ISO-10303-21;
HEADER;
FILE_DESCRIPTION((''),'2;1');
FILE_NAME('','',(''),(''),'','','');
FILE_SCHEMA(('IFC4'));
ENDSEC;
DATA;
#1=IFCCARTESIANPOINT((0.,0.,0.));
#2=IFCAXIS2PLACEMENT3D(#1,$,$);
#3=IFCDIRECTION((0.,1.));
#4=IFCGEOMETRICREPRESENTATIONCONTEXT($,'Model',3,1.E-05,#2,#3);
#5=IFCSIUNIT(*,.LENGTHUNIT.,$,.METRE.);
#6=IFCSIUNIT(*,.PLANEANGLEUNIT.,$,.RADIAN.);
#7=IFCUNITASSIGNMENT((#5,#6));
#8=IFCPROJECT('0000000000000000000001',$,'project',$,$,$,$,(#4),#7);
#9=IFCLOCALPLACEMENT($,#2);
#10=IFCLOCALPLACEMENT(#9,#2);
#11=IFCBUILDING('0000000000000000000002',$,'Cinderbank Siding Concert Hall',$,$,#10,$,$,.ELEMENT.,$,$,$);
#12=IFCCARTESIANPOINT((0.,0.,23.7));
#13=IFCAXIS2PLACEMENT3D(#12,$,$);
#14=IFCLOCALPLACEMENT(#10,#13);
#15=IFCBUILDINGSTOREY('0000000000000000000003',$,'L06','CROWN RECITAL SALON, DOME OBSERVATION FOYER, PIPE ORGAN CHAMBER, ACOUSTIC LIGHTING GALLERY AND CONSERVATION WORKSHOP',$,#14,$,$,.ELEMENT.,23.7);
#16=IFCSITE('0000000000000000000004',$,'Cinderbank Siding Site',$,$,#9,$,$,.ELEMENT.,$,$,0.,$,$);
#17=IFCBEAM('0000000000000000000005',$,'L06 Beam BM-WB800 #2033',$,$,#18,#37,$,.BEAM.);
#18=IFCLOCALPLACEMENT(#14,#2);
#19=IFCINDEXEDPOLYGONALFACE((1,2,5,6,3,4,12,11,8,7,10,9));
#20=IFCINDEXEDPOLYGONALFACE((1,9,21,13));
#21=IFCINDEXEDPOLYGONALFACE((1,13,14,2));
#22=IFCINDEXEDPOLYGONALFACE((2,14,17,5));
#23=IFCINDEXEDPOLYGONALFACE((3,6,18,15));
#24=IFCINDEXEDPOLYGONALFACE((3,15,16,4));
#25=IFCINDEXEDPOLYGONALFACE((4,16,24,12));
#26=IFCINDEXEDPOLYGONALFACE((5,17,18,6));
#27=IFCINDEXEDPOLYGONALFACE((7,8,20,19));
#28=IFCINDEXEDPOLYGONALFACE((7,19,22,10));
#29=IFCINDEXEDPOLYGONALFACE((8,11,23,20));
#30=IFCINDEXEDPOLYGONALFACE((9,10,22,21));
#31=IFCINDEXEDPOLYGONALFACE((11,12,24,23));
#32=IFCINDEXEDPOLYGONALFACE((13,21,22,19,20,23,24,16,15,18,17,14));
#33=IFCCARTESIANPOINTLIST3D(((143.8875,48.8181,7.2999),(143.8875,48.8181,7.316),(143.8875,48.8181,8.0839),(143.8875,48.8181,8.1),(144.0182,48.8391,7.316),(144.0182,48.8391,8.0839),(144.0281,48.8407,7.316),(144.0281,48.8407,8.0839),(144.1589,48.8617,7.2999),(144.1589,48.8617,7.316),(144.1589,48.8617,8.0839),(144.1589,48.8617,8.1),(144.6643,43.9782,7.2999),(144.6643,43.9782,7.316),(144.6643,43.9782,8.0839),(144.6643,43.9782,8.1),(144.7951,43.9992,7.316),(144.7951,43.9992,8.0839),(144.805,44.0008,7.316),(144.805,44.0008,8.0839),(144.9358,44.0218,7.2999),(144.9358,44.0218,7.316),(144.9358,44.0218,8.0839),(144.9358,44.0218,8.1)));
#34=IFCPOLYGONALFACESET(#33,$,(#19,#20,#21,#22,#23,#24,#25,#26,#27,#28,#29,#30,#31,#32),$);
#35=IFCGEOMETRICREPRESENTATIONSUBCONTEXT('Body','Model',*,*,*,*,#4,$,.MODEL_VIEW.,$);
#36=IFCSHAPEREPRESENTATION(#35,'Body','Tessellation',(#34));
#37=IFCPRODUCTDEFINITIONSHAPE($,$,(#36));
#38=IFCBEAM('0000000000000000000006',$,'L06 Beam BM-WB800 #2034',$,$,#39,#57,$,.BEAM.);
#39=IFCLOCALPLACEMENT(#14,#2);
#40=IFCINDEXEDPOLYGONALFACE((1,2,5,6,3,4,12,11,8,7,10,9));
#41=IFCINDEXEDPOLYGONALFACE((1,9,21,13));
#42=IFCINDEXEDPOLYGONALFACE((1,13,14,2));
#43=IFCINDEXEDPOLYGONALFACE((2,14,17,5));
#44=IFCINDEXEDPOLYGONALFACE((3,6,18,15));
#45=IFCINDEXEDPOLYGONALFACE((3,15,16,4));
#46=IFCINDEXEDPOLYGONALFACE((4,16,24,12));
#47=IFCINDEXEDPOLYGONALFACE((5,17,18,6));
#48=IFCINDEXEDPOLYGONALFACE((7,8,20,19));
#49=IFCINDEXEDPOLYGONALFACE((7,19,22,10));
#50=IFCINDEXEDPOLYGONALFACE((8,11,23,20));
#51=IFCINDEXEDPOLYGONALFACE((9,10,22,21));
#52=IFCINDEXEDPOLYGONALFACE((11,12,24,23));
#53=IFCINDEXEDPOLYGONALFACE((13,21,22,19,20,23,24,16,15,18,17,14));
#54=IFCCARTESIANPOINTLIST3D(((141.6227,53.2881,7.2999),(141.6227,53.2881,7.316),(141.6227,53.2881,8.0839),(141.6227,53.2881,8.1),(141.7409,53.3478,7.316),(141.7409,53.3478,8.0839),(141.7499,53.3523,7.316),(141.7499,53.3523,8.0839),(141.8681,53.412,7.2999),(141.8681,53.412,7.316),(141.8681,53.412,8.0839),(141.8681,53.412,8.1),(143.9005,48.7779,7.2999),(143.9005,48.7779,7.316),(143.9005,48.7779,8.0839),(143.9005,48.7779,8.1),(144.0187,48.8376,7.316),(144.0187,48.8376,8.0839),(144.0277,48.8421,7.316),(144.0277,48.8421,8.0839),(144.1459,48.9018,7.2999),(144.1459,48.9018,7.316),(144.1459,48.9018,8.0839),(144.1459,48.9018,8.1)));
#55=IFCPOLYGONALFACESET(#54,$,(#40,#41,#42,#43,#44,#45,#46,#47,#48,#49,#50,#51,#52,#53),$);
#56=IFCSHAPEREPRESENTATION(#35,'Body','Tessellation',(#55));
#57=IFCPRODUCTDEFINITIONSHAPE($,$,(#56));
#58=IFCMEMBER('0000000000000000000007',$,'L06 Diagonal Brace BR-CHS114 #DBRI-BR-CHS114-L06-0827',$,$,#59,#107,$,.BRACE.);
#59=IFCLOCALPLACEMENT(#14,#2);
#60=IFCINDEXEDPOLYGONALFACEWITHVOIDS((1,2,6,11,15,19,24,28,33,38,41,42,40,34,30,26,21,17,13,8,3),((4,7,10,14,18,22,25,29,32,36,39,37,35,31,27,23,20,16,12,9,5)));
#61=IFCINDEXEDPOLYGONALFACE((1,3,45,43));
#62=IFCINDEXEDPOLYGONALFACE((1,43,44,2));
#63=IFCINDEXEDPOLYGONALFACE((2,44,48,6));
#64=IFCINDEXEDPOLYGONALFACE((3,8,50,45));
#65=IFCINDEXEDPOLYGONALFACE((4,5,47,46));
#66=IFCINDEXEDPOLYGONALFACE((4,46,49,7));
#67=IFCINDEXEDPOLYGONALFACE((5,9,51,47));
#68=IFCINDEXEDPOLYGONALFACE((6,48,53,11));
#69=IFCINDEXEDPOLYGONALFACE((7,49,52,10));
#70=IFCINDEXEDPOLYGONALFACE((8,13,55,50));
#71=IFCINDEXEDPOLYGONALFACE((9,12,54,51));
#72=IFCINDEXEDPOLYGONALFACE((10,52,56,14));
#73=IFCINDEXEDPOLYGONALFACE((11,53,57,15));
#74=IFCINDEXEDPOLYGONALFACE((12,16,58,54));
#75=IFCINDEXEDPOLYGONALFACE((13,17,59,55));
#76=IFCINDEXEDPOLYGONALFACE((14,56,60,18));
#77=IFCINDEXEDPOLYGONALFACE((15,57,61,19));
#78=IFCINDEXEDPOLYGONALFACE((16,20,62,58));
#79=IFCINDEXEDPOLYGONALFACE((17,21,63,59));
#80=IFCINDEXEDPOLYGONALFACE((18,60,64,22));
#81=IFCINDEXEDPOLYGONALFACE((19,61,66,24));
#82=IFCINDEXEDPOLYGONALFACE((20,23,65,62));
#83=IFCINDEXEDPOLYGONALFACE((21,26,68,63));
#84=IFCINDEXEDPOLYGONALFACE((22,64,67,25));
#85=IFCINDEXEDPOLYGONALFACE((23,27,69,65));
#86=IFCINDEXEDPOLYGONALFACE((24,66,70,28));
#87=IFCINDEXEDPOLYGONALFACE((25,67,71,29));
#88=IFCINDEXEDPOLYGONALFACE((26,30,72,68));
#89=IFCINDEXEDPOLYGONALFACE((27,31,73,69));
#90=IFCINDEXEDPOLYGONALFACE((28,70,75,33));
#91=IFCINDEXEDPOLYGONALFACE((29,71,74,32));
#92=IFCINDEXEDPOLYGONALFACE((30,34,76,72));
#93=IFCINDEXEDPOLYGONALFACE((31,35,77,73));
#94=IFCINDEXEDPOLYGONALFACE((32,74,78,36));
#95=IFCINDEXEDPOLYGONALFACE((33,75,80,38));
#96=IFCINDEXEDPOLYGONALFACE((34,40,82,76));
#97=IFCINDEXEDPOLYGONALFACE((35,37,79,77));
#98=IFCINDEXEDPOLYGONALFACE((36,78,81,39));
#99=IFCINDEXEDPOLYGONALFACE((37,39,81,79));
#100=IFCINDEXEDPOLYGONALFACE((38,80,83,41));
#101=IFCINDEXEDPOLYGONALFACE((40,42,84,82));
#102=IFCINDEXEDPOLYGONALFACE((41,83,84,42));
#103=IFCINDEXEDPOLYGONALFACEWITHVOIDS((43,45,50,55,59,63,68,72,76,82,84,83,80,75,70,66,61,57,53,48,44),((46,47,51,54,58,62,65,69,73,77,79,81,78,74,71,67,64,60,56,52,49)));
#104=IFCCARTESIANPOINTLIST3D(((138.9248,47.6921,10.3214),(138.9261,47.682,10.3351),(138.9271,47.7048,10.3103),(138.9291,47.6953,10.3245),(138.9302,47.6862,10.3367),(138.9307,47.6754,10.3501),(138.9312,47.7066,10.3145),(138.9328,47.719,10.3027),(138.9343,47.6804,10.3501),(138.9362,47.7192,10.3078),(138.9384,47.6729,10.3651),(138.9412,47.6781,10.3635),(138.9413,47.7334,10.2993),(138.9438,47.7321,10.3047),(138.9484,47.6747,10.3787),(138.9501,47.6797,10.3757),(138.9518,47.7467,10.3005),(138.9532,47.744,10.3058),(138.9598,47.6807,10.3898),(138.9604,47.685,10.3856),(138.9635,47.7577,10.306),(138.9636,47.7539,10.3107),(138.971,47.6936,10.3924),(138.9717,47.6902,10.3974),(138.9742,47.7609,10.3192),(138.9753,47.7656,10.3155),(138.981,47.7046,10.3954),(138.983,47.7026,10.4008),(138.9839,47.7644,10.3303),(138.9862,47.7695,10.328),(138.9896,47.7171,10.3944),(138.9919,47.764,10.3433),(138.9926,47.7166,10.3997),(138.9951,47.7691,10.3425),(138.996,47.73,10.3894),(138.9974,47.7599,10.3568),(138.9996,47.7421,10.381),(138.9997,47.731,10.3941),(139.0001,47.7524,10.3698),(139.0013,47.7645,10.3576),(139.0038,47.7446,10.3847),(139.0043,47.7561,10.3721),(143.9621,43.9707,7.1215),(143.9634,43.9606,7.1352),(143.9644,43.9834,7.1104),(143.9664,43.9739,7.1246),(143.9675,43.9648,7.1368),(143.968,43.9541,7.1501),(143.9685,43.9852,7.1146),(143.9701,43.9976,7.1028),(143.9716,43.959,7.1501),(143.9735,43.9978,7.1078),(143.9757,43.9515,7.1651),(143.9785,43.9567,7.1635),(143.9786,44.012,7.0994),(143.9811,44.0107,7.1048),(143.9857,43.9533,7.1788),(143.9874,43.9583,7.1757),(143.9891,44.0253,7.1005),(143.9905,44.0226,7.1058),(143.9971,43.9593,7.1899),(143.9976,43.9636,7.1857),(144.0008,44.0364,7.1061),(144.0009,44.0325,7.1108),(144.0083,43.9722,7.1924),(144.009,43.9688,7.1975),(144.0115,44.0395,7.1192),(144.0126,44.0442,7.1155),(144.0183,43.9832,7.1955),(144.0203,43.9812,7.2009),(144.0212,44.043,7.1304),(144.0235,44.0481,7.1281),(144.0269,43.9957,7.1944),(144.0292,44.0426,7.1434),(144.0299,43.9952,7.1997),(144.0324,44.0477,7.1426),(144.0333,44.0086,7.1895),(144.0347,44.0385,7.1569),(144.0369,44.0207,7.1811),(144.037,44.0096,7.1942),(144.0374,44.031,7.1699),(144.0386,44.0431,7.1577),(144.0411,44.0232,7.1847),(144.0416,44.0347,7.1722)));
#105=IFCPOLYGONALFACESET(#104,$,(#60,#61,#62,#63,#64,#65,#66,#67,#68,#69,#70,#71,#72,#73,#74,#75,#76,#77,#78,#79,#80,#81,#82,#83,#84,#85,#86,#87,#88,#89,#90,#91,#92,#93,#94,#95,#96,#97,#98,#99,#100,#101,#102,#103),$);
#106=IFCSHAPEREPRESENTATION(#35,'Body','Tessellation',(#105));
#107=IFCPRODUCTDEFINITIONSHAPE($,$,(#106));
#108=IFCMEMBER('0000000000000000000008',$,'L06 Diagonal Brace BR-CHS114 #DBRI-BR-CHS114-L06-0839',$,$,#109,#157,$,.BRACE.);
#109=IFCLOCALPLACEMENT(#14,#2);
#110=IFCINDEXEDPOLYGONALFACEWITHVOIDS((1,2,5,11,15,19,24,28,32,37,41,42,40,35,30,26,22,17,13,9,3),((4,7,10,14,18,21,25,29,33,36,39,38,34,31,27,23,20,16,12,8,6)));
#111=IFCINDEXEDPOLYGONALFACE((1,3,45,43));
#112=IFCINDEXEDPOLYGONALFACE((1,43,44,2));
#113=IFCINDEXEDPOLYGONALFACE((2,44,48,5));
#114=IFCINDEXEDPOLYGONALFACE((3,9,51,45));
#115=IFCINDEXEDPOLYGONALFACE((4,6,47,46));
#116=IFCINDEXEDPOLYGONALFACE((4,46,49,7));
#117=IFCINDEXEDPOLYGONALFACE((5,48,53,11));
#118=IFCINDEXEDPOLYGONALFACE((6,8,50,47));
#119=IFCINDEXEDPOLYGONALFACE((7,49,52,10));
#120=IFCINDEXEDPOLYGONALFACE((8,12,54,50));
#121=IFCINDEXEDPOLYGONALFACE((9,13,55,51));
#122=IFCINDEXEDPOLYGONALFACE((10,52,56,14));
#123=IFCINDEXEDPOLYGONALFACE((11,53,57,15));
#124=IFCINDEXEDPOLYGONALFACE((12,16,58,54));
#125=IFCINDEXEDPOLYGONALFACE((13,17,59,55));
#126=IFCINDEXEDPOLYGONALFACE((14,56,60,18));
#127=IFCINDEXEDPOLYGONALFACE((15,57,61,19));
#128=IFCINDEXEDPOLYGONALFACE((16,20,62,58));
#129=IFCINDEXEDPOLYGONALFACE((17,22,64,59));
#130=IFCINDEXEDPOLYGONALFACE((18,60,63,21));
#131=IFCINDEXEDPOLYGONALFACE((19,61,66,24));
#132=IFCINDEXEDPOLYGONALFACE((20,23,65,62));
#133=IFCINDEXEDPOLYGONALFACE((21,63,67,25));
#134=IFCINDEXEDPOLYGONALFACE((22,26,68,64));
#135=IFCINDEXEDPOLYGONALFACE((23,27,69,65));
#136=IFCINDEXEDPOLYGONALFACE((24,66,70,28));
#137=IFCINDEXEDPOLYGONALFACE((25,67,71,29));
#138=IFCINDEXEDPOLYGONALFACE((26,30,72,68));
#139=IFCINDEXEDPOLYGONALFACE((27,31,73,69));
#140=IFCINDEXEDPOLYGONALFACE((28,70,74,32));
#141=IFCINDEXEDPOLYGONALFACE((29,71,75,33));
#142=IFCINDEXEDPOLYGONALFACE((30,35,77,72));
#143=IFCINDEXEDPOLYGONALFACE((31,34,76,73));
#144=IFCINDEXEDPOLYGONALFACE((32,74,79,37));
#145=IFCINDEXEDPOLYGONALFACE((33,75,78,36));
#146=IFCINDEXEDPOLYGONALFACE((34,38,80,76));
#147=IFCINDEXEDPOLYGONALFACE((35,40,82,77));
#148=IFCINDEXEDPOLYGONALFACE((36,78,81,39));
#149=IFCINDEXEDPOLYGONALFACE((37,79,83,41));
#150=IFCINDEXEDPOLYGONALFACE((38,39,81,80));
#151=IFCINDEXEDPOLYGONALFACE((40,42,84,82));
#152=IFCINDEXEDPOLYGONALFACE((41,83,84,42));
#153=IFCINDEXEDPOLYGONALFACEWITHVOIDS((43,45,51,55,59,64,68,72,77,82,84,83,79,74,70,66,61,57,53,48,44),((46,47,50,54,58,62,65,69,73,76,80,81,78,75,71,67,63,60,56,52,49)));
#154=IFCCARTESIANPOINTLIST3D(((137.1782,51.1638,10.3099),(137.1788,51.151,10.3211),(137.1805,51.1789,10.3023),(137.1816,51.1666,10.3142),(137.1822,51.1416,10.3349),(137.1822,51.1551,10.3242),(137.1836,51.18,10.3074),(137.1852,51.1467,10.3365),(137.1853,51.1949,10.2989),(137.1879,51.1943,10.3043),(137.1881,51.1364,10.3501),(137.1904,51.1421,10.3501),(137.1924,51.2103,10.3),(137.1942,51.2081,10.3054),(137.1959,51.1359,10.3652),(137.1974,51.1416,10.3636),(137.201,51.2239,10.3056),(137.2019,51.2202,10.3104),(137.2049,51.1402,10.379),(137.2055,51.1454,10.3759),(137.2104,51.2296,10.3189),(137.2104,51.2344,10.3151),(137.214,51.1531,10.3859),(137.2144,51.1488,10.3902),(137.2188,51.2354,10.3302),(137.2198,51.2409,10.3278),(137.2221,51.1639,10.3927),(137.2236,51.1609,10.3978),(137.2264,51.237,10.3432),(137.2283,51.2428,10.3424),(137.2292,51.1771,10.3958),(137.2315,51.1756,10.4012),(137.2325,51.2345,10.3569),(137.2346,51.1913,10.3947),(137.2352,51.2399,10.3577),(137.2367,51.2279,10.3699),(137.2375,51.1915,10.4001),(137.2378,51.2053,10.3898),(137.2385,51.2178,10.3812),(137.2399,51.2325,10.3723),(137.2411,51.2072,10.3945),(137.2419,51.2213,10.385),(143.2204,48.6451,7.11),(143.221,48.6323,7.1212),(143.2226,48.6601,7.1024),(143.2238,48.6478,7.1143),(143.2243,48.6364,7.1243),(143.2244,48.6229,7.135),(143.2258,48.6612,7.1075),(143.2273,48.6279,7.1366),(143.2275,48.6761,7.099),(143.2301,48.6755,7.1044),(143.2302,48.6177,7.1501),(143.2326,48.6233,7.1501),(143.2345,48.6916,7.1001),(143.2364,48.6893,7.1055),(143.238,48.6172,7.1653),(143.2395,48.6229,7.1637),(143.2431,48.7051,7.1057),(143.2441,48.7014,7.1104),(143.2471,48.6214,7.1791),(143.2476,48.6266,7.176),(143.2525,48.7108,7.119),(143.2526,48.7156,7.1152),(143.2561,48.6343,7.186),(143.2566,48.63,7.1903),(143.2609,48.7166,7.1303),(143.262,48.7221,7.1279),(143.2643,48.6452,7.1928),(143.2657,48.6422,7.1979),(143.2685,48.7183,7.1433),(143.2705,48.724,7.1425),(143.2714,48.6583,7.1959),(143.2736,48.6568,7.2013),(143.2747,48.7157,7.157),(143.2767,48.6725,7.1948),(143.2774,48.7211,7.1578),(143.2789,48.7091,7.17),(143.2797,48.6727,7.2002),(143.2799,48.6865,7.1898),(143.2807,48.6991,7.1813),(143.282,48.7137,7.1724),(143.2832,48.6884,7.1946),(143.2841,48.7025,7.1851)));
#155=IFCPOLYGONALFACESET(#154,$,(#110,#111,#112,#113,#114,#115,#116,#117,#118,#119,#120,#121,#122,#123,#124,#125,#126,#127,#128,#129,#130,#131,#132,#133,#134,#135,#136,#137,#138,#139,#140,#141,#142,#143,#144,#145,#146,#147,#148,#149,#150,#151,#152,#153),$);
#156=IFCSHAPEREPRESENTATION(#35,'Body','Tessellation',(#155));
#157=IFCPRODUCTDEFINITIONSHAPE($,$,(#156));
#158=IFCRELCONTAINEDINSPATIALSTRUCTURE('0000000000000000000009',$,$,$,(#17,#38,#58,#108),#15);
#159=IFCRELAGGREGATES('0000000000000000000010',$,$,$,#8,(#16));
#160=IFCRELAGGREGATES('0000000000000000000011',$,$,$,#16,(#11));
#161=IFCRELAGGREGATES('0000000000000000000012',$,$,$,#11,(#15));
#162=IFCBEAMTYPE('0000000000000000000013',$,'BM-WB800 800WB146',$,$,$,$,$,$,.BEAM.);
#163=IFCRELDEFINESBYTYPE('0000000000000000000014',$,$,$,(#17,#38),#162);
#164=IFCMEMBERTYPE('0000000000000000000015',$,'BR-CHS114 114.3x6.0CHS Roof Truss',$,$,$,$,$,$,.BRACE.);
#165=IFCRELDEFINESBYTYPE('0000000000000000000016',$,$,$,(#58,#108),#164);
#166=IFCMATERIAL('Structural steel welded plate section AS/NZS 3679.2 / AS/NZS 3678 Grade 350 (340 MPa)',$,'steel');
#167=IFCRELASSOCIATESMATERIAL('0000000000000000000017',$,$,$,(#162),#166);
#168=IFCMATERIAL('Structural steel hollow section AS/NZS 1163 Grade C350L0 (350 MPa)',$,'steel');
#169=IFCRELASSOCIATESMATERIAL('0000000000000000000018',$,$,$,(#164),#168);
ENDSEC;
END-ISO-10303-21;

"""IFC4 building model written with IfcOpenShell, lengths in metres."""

from ifc_helpers import new_model, si_unit, direction, frame, origin, origin_2d, place, context, subcontext, project, spatial, hollow_circle, i_section, extrude, material, material_profile, profile_set, type_object, element, save


model = new_model("IFC4")

# Units and contexts
model_context = context("Model", 3, precision=1e-05, world=origin(), true_north=direction((0.0, 1.0)))
body_context = subcontext(model_context, "Body", "Model", "MODEL_VIEW")
ifc_project = project(units=[si_unit("LENGTHUNIT", "METRE"), si_unit("PLANEANGLEUNIT", "RADIAN")], contexts=[model_context])

# Site, building, storey
site_placement = place(None, origin())
site = spatial("IfcSite", under=ifc_project, at=site_placement, Name="Cinderbank Siding Site", CompositionType="ELEMENT", RefElevation=0.0)
building_placement = place(site_placement, origin())
building = spatial("IfcBuilding", under=site, at=building_placement, Name="Cinderbank Siding Concert Hall", CompositionType="ELEMENT")
storey_placement = place(building_placement, frame((0.0, 0.0, 23.7)))
storey = spatial("IfcBuildingStorey", under=building, at=storey_placement, Name="L06", Description="CROWN RECITAL SALON, DOME OBSERVATION FOYER, PIPE ORGAN CHAMBER, ACOUSTIC LIGHTING GALLERY AND CONSERVATION WORKSHOP", CompositionType="ELEMENT", Elevation=23.7)

# Beams
ifc_material_1 = material(Name="Structural steel welded plate section AS/NZS 3679.2 / AS/NZS 3678 Grade 350 (340 MPa)", Category="steel")
ifc_material_profile_1 = material_profile(ifc_material_1, i_section(OverallWidth=0.2749, OverallDepth=0.8, WebThickness=0.01, FlangeThickness=0.0161, at=origin_2d()), Name="800WB146", Category="LoadBearing")
ifc_profile_set_1 = profile_set([ifc_material_profile_1], Name="Structural steel welded plate section AS/NZS 3679.2 / AS/NZS 3678 Grade 350 (340 MPa)")
beam_type = type_object("IfcBeamType", Name="BM-WB800 800WB146", PredefinedType="BEAM", material=ifc_profile_set_1)
beam_1_placement = place(storey_placement, frame((144.8, 44.0, 7.7), z_axis=(-0.158484, 0.987362, 0.0), x_axis=(-0.987362, -0.158484, 0.0)))
element("IfcBeam", 1, at=beam_1_placement, inside=storey, type_object=beam_type, Name="L06 Beam BM-WB800 #2033", PredefinedType="BEAM", context=body_context, shape_type="SweptSolid", body=[
    extrude(i_section(OverallWidth=0.2749, OverallDepth=0.8, WebThickness=0.01, FlangeThickness=0.0161, at=origin_2d()), origin(), (0.0, 0.0, 1.0), 4.9019),
])
beam_2_placement = place(storey_placement, frame((144.0232, 48.8398, 7.7), z_axis=(-0.450805, 0.892623, 0.0), x_axis=(-0.892623, -0.450805, 0.0)))
element("IfcBeam", 2, at=beam_2_placement, inside=storey, type_object=beam_type, Name="L06 Beam BM-WB800 #2034", PredefinedType="BEAM", context=body_context, shape_type="SweptSolid", body=[
    extrude(i_section(OverallWidth=0.2749, OverallDepth=0.8, WebThickness=0.01, FlangeThickness=0.0161, at=origin_2d()), origin(), (0.0, 0.0, 1.0), 5.0527),
])

# Members
ifc_material_2 = material(Name="Structural steel hollow section AS/NZS 1163 Grade C350L0 (350 MPa)", Category="steel")
ifc_material_profile_2 = material_profile(ifc_material_2, hollow_circle(Radius=0.0571, WallThickness=0.0061, at=origin_2d()), Name="114.3x6.0CHS", Category="LoadBearing")
ifc_profile_set_2 = profile_set([ifc_material_profile_2], Name="Structural steel hollow section AS/NZS 1163 Grade C350L0 (350 MPa)")
member_type_1 = type_object("IfcMemberType", Name="BR-CHS114 114.3x6.0CHS Roof Truss", PredefinedType="BRACE", material=ifc_profile_set_2)
member_1_placement = place(storey_placement, frame((144.002, 44.0, 7.1501), z_axis=(-0.716241, 0.529136, 0.454988), x_axis=(-0.594203, -0.804315, 0.0)))
element("IfcMember", 3, at=member_1_placement, inside=storey, type_object=member_type_1, Name="L06 Diagonal Brace BR-CHS114 #DBRI-BR-CHS114-L06-0827", PredefinedType="BRACE", context=body_context, shape_type="SweptSolid", body=[
    extrude(hollow_circle(Radius=0.0571, WallThickness=0.0061, at=origin_2d()), origin(), (0.0, 0.0, 1.0), 7.033),
])
member_2_placement = place(storey_placement, frame((143.2522, 48.6704, 7.1501), z_axis=(-0.82924, 0.345682, 0.439163), x_axis=(-0.384772, -0.923012, 0.0)))
element("IfcMember", 4, at=member_2_placement, inside=storey, type_object=member_type_1, Name="L06 Diagonal Brace BR-CHS114 #DBRI-BR-CHS114-L06-0839", PredefinedType="BRACE", context=body_context, shape_type="SweptSolid", body=[
    extrude(hollow_circle(Radius=0.0571, WallThickness=0.0061, at=origin_2d()), origin(), (0.0, 0.0, 1.0), 7.2864),
])

save(model, "model.ifc")
